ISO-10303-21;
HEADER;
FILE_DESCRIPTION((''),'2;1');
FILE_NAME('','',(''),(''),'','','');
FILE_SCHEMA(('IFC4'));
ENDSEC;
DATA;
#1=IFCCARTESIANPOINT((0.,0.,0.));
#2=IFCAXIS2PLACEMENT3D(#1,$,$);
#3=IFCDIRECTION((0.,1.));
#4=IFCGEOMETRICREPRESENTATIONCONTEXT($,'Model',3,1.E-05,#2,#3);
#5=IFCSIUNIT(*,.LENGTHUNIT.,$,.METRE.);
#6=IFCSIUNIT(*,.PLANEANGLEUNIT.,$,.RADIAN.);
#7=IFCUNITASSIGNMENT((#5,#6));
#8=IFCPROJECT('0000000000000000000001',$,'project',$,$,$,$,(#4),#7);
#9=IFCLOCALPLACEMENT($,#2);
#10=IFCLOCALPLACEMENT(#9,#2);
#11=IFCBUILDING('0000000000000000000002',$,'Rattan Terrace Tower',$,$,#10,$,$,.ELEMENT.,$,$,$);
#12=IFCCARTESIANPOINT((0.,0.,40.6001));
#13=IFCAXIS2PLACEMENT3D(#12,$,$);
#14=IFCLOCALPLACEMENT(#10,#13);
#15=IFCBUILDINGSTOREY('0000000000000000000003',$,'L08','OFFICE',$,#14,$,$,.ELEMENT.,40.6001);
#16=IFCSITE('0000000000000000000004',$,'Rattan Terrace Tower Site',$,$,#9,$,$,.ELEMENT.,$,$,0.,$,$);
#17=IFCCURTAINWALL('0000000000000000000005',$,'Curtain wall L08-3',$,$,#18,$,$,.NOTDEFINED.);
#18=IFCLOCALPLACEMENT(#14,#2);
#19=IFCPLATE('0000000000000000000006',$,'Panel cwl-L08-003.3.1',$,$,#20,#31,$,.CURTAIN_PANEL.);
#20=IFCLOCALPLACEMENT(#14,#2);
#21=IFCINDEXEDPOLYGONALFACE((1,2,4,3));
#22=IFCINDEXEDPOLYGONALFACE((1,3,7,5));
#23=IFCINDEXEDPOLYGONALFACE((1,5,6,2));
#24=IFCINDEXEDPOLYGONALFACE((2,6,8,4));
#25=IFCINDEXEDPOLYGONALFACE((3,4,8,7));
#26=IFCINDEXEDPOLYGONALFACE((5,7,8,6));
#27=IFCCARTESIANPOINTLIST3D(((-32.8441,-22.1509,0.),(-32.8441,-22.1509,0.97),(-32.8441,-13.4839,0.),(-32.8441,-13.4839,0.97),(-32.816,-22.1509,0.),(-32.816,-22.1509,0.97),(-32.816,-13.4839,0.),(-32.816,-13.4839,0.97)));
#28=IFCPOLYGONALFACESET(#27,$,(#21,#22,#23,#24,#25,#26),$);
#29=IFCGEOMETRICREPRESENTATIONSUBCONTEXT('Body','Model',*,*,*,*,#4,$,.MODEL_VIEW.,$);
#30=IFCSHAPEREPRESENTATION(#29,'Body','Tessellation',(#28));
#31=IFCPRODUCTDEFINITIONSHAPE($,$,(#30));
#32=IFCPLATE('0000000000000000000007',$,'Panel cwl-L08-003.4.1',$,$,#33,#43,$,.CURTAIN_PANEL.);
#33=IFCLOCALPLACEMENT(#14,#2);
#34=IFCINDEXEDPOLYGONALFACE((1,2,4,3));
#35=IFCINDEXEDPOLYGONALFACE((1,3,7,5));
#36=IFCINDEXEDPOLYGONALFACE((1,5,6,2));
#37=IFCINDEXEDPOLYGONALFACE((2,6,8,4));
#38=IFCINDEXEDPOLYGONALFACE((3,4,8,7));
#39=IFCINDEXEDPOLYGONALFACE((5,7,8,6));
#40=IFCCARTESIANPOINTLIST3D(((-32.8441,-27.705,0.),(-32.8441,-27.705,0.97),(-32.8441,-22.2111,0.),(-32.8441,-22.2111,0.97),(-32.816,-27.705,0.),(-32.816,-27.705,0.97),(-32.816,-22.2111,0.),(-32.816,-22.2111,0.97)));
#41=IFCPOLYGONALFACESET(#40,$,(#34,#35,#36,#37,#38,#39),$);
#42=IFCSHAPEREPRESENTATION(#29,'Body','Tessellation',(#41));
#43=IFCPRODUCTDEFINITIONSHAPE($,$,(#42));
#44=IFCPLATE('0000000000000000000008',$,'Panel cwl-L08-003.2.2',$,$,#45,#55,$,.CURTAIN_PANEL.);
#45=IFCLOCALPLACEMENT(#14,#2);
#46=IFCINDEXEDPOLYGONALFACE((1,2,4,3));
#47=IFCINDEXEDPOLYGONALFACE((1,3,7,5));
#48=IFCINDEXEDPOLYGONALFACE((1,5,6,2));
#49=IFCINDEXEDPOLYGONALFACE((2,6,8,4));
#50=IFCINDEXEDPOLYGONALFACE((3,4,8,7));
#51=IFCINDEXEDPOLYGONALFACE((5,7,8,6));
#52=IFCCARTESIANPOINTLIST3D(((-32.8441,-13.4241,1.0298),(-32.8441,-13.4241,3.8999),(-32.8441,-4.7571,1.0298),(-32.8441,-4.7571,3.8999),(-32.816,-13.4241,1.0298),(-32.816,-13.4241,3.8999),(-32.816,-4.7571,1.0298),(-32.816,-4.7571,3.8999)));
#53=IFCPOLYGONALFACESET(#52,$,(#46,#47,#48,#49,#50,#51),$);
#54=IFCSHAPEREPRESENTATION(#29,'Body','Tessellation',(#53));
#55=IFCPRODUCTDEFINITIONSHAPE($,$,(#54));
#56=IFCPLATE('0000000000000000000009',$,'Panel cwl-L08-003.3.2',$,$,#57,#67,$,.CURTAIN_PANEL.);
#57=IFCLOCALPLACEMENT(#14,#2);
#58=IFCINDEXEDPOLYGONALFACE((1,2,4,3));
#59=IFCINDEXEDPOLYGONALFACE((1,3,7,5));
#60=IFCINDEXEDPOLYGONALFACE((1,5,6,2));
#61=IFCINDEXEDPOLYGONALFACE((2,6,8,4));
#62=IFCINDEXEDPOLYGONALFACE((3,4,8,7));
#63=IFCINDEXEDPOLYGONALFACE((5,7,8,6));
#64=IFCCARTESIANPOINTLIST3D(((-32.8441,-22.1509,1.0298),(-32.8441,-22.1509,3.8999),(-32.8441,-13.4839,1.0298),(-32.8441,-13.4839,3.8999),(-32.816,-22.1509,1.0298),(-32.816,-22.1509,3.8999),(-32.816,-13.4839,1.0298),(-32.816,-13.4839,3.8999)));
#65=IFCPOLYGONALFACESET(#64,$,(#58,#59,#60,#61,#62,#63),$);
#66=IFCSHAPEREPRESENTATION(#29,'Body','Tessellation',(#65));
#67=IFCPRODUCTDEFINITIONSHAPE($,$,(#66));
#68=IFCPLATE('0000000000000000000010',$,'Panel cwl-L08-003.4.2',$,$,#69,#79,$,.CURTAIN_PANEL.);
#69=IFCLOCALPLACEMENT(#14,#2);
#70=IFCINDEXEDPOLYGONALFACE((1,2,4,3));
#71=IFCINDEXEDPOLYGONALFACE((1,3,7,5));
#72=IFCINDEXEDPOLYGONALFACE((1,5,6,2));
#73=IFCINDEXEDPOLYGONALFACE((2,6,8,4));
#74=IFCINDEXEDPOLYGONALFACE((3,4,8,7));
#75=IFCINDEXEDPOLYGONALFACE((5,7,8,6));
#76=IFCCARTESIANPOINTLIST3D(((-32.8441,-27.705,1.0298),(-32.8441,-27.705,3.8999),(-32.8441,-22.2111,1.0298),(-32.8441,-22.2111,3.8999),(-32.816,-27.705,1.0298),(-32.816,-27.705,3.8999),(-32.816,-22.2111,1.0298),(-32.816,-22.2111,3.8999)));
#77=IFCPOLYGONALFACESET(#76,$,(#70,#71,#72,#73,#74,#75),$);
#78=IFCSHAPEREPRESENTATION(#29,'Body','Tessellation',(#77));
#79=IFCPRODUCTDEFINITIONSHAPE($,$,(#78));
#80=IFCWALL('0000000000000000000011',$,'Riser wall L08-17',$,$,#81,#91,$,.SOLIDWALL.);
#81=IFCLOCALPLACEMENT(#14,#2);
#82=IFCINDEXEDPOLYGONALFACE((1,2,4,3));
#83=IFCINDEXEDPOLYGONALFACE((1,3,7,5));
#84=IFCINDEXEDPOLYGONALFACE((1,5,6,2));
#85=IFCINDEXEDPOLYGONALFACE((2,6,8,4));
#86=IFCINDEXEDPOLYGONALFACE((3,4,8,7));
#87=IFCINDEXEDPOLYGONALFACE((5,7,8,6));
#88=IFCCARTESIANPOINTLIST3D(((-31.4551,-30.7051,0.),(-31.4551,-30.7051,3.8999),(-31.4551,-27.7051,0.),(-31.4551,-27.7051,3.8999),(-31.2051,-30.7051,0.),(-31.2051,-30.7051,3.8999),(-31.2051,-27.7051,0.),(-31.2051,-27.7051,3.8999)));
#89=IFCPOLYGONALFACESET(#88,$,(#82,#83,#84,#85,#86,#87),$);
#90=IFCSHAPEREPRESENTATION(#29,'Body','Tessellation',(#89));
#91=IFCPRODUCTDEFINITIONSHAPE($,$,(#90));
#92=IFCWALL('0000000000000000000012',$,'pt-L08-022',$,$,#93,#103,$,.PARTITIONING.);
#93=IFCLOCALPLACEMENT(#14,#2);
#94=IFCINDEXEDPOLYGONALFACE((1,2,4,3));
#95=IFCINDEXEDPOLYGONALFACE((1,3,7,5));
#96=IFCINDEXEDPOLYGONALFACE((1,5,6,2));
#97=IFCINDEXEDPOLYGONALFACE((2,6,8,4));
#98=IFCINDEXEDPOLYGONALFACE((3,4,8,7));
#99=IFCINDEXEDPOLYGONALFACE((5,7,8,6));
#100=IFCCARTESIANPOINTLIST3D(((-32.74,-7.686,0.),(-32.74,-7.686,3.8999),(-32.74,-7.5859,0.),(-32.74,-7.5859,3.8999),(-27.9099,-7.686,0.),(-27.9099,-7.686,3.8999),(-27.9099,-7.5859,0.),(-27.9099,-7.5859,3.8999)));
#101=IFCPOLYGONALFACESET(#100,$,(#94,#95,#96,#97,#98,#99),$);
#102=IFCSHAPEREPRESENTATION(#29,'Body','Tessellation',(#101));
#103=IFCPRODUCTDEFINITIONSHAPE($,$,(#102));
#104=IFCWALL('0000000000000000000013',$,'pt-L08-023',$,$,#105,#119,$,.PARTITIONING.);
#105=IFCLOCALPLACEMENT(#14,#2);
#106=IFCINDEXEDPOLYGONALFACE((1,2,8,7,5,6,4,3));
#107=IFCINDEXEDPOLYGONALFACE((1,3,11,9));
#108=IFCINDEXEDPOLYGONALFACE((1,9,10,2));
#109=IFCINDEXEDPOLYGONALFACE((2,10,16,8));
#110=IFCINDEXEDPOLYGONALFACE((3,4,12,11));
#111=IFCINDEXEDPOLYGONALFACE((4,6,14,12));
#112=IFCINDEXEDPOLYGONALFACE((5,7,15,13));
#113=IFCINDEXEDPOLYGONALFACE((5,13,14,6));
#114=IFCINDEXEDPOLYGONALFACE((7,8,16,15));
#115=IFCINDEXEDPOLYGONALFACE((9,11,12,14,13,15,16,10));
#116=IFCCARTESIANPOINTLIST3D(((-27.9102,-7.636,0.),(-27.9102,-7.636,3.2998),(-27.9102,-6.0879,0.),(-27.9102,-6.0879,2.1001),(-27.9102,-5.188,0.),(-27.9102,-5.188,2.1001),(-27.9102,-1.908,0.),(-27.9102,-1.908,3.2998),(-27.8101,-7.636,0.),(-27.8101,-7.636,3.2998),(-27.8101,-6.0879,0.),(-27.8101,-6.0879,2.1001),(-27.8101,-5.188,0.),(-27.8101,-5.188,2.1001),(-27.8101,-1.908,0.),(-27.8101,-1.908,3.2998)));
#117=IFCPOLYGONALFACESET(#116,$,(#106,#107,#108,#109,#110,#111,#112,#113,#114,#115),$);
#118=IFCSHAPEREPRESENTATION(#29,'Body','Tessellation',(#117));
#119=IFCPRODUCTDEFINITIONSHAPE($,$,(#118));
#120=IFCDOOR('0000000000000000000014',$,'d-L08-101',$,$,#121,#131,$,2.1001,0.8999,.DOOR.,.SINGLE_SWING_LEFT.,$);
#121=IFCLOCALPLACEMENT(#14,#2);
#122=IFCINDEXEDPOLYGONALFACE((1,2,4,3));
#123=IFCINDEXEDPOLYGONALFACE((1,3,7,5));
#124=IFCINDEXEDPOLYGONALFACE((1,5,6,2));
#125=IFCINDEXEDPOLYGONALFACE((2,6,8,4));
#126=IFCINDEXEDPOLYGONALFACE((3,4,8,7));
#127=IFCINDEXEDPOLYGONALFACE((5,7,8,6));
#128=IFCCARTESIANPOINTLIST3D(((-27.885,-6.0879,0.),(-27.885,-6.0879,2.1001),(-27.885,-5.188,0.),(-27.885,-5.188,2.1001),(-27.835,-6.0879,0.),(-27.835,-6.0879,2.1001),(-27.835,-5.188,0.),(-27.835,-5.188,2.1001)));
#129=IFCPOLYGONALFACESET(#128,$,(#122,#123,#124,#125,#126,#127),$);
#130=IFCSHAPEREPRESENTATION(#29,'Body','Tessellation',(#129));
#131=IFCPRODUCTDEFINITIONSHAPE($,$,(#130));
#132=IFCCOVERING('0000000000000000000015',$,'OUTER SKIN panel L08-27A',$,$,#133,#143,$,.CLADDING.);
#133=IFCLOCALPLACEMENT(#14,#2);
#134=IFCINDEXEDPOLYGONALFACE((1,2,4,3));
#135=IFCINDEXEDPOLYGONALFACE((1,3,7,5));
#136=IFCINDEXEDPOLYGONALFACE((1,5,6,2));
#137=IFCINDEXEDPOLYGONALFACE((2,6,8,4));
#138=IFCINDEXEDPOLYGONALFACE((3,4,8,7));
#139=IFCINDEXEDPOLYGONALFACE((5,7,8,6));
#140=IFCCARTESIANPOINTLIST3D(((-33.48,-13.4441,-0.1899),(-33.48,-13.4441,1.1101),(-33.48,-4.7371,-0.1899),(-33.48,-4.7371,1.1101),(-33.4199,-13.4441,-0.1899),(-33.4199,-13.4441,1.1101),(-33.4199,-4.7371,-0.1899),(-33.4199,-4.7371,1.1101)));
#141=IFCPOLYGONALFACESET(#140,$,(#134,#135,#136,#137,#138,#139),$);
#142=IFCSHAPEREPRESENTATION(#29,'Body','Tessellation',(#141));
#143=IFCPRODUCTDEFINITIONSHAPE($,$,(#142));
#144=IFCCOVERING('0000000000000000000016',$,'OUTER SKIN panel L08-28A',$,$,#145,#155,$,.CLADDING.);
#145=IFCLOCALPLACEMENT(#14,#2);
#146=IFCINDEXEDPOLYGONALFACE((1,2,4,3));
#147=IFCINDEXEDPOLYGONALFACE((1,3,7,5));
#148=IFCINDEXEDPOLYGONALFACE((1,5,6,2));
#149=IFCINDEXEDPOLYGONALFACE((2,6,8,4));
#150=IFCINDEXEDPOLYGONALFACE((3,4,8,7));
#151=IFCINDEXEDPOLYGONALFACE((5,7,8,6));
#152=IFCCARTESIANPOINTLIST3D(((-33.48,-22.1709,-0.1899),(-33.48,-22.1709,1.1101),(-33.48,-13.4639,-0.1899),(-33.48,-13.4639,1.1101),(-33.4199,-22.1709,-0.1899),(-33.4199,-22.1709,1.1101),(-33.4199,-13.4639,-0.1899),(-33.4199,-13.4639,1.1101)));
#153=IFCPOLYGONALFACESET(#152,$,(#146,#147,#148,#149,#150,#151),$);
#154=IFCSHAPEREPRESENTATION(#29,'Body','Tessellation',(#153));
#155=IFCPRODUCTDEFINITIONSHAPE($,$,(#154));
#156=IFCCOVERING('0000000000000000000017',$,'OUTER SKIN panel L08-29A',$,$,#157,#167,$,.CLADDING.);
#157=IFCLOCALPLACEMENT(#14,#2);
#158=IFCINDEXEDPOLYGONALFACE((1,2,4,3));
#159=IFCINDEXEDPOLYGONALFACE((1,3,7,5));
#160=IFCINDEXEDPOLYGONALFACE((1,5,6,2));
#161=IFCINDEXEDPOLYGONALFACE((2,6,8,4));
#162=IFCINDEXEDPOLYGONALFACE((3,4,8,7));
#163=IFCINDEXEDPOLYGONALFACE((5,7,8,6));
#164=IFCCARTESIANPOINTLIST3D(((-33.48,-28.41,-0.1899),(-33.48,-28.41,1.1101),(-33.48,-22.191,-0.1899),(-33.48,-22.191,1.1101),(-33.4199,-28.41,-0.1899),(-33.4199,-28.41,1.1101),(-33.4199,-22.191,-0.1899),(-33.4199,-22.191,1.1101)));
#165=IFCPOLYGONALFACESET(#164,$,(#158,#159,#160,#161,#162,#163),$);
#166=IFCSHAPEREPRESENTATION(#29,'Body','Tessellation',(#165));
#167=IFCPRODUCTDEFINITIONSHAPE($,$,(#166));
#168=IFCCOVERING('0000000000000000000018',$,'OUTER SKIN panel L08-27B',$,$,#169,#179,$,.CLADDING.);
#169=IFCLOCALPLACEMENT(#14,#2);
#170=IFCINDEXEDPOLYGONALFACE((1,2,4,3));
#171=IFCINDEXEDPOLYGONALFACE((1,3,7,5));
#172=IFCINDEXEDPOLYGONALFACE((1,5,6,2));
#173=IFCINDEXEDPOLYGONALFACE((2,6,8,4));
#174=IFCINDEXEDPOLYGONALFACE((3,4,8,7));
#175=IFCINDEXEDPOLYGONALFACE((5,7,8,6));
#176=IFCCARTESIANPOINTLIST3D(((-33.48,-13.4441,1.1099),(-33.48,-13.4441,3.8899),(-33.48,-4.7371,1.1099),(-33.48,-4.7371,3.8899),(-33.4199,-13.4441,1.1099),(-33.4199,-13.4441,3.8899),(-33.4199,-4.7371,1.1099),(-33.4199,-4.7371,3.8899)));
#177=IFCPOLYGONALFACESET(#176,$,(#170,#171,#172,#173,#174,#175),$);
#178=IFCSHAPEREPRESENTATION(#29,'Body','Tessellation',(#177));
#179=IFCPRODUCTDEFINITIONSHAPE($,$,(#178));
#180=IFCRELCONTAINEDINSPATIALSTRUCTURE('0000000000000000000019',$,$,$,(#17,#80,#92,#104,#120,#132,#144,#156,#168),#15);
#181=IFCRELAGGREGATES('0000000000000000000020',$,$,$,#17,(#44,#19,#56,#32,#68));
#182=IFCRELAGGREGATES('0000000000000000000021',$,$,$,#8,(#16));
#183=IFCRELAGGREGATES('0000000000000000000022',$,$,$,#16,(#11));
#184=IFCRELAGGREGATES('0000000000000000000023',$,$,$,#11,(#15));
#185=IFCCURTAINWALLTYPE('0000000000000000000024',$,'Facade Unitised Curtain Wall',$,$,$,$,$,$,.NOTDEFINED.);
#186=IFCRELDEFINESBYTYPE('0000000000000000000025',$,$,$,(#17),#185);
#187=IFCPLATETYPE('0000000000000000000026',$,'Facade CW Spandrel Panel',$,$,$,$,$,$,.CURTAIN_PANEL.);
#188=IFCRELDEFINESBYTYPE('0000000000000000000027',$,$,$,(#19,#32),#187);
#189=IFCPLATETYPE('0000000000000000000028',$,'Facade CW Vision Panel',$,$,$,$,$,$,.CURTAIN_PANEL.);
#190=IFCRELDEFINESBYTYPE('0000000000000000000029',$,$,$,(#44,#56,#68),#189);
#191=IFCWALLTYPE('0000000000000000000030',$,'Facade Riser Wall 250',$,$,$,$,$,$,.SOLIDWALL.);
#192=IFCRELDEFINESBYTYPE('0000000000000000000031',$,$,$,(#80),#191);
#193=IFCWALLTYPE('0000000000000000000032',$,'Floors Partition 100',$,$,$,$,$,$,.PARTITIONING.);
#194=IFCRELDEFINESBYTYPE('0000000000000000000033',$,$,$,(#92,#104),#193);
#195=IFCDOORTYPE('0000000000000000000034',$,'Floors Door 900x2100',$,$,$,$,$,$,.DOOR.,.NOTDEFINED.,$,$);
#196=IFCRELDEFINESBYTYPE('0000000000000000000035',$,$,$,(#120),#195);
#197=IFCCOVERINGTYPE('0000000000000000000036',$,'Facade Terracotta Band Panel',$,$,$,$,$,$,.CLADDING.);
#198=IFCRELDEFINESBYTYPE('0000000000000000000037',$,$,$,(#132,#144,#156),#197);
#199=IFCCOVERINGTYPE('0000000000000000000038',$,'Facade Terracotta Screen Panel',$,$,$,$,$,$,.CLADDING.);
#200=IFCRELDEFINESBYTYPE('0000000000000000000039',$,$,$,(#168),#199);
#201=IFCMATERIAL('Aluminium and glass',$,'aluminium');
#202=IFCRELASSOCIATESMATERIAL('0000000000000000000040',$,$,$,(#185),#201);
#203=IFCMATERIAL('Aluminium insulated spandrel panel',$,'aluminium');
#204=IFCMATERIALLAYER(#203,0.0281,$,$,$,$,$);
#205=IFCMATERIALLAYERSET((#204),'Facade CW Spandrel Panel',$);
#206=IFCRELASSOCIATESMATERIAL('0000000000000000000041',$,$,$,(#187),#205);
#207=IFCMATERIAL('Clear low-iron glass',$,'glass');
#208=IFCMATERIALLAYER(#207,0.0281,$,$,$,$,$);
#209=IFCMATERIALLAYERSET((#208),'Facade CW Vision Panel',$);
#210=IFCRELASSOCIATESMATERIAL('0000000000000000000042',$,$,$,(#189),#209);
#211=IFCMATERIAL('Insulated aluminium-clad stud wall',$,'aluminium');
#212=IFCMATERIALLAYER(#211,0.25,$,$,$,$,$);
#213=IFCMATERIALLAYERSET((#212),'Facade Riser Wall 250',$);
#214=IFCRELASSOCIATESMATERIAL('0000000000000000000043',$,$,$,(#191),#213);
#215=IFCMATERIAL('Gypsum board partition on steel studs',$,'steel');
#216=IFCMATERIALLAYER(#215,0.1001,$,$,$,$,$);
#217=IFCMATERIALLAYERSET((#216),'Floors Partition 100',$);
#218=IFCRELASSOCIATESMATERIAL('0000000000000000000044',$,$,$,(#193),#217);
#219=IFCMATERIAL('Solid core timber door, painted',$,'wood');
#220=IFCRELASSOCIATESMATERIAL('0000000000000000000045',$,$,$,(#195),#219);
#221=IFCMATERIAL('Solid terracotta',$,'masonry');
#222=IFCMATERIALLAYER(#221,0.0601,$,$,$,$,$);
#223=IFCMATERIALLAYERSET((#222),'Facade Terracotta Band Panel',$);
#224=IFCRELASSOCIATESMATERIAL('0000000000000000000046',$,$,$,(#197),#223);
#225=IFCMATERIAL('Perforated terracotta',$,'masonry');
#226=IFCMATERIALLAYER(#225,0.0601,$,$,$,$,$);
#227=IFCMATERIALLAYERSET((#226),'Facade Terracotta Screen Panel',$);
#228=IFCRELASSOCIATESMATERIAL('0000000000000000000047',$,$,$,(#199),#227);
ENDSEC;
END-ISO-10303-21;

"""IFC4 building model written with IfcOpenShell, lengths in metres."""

from ifc_helpers import new_model, si_unit, direction, frame, frame_2d, origin, origin_2d, place, context, subcontext, project, spatial, rectangle, extrude, material, layer, layer_set, type_object, element, fill, aggregate, save


model = new_model("IFC4")

# Units and contexts
model_context = context("Model", 3, precision=1e-05, world=origin(), true_north=direction((0.0, 1.0)))
body_context = subcontext(model_context, "Body", "Model", "MODEL_VIEW")
ifc_project = project(units=[si_unit("LENGTHUNIT", "METRE"), si_unit("PLANEANGLEUNIT", "RADIAN")], contexts=[model_context])

# Site, building, storey
site_placement = place(None, origin())
site = spatial("IfcSite", under=ifc_project, at=site_placement, Name="Rattan Terrace Tower Site", CompositionType="ELEMENT", RefElevation=0.0)
building_placement = place(site_placement, origin())
building = spatial("IfcBuilding", under=site, at=building_placement, Name="Rattan Terrace Tower", CompositionType="ELEMENT")
storey_placement = place(building_placement, frame((0.0, 0.0, 40.6001)))
storey = spatial("IfcBuildingStorey", under=building, at=storey_placement, Name="L08", Description="OFFICE", CompositionType="ELEMENT", Elevation=40.6001)

# Curtain wall
ifc_material_1 = material(Name="Aluminium and glass", Category="aluminium")
curtain_wall_type = type_object("IfcCurtainWallType", Name="Facade Unitised Curtain Wall", PredefinedType="NOTDEFINED", material=ifc_material_1)
curtain_wall_placement = place(storey_placement, origin())
curtain_wall = element("IfcCurtainWall", 1, at=curtain_wall_placement, inside=storey, type_object=curtain_wall_type, Name="Curtain wall L08-3", PredefinedType="NOTDEFINED")

# Plates
ifc_material_2 = material(Name="Aluminium insulated spandrel panel", Category="aluminium")
ifc_layer_1 = layer(ifc_material_2, 0.0281)
ifc_layer_set_1 = layer_set([ifc_layer_1], Name="Facade CW Spandrel Panel")
plate_type_1 = type_object("IfcPlateType", Name="Facade CW Spandrel Panel", PredefinedType="CURTAIN_PANEL", material=ifc_layer_set_1)
plate_1_placement = place(storey_placement, frame((-32.8301, -17.8174, 0.0), z_axis=(0.0, 0.0, 1.0), x_axis=(0.0, -1.0, 0.0)))
plate_1 = element("IfcPlate", 2, at=plate_1_placement, type_object=plate_type_1, Name="Panel cwl-L08-003.3.1", PredefinedType="CURTAIN_PANEL", context=body_context, shape_type="SweptSolid", body=[
    extrude(rectangle(XDim=8.667, YDim=0.0281, at=origin_2d()), origin(), (0.0, 0.0, 1.0), 0.97),
])
plate_2_placement = place(storey_placement, frame((-32.8301, -24.958, 0.0), z_axis=(0.0, 0.0, 1.0), x_axis=(0.0, -1.0, 0.0)))
plate_2 = element("IfcPlate", 3, at=plate_2_placement, type_object=plate_type_1, Name="Panel cwl-L08-003.4.1", PredefinedType="CURTAIN_PANEL", context=body_context, shape_type="SweptSolid", body=[
    extrude(rectangle(XDim=5.4939, YDim=0.0281, at=origin_2d()), origin(), (0.0, 0.0, 1.0), 0.97),
])
ifc_material_3 = material(Name="Clear low-iron glass", Category="glass")
ifc_layer_2 = layer(ifc_material_3, 0.0281)
ifc_layer_set_2 = layer_set([ifc_layer_2], Name="Facade CW Vision Panel")
plate_type_2 = type_object("IfcPlateType", Name="Facade CW Vision Panel", PredefinedType="CURTAIN_PANEL", material=ifc_layer_set_2)
plate_3_placement = place(storey_placement, frame((-32.8301, -9.0906, 1.0298), z_axis=(0.0, 0.0, 1.0), x_axis=(0.0, -1.0, 0.0)))
plate_3 = element("IfcPlate", 4, at=plate_3_placement, type_object=plate_type_2, Name="Panel cwl-L08-003.2.2", PredefinedType="CURTAIN_PANEL", context=body_context, shape_type="SweptSolid", body=[
    extrude(rectangle(XDim=8.667, YDim=0.0281, at=origin_2d()), origin(), (0.0, 0.0, 1.0), 2.8701),
])
plate_4_placement = place(storey_placement, frame((-32.8301, -17.8174, 1.0298), z_axis=(0.0, 0.0, 1.0), x_axis=(0.0, -1.0, 0.0)))
plate_4 = element("IfcPlate", 5, at=plate_4_placement, type_object=plate_type_2, Name="Panel cwl-L08-003.3.2", PredefinedType="CURTAIN_PANEL", context=body_context, shape_type="SweptSolid", body=[
    extrude(rectangle(XDim=8.667, YDim=0.0281, at=origin_2d()), origin(), (0.0, 0.0, 1.0), 2.8701),
])
plate_5_placement = place(storey_placement, frame((-32.8301, -24.958, 1.0298), z_axis=(0.0, 0.0, 1.0), x_axis=(0.0, -1.0, 0.0)))
plate_5 = element("IfcPlate", 6, at=plate_5_placement, type_object=plate_type_2, Name="Panel cwl-L08-003.4.2", PredefinedType="CURTAIN_PANEL", context=body_context, shape_type="SweptSolid", body=[
    extrude(rectangle(XDim=5.4939, YDim=0.0281, at=origin_2d()), origin(), (0.0, 0.0, 1.0), 2.8701),
])
aggregate(curtain_wall, [plate_3, plate_1, plate_4, plate_2, plate_5])

# Walls
ifc_material_4 = material(Name="Insulated aluminium-clad stud wall", Category="aluminium")
ifc_layer_3 = layer(ifc_material_4, 0.25)
ifc_layer_set_3 = layer_set([ifc_layer_3], Name="Facade Riser Wall 250")
wall_type_1 = type_object("IfcWallType", Name="Facade Riser Wall 250", PredefinedType="SOLIDWALL", material=ifc_layer_set_3)
wall_1_placement = place(storey_placement, frame((-31.3301, -27.7051, 0.0), z_axis=(0.0, 0.0, 1.0), x_axis=(0.0, -1.0, 0.0)))
element("IfcWall", 7, at=wall_1_placement, inside=storey, type_object=wall_type_1, Name="Riser wall L08-17", PredefinedType="SOLIDWALL", context=body_context, shape_type="SweptSolid", body=[
    extrude(rectangle(XDim=3.0, YDim=0.25, at=frame_2d((1.5, 0.0))), origin(), (0.0, 0.0, 1.0), 3.8999),
])
ifc_material_5 = material(Name="Gypsum board partition on steel studs", Category="steel")
ifc_layer_4 = layer(ifc_material_5, 0.1001)
ifc_layer_set_4 = layer_set([ifc_layer_4], Name="Floors Partition 100")
wall_type_2 = type_object("IfcWallType", Name="Floors Partition 100", PredefinedType="PARTITIONING", material=ifc_layer_set_4)
wall_2_placement = place(storey_placement, frame((-32.74, -7.636, 0.0), z_axis=(0.0, 0.0, 1.0), x_axis=(1.0, 0.0, 0.0)))
element("IfcWall", 8, at=wall_2_placement, inside=storey, type_object=wall_type_2, Name="pt-L08-022", PredefinedType="PARTITIONING", context=body_context, shape_type="SweptSolid", body=[
    extrude(rectangle(XDim=4.8301, YDim=0.1001, at=frame_2d((2.415, 0.0))), origin(), (0.0, 0.0, 1.0), 3.8999),
])

# Wall, opening, door
wall_3_placement = place(storey_placement, frame((-27.8601, -7.636, 0.0), z_axis=(0.0, 0.0, 1.0), x_axis=(0.0, 1.0, 0.0)))
wall_3 = element("IfcWall", 9, at=wall_3_placement, inside=storey, type_object=wall_type_2, Name="pt-L08-023", PredefinedType="PARTITIONING", context=body_context, shape_type="SweptSolid", body=[
    extrude(rectangle(XDim=5.728, YDim=0.1001, at=frame_2d((2.864, 0.0))), origin(), (0.0, 0.0, 1.0), 3.2998),
])
opening_placement = place(wall_3_placement, frame((1.5481, 0.0, 0.0)))
opening = element("IfcOpeningElement", 10, at=opening_placement, cuts=wall_3, PredefinedType="OPENING", context=body_context, shape_type="SweptSolid", body=[
    extrude(rectangle(XDim=0.8999, YDim=2.1001, at=frame_2d((0.45, 1.05))), frame((0.0, 0.0605, 0.0), z_axis=(0.0, -1.0, 0.0), x_axis=(1.0, 0.0, 0.0)), (0.0, 0.0, 1.0), 0.1211),
])
ifc_material_6 = material(Name="Solid core timber door, painted", Category="wood")
door_type = type_object("IfcDoorType", Name="Floors Door 900x2100", OperationType="NOTDEFINED", PredefinedType="DOOR", material=ifc_material_6)
door_placement = place(opening_placement, origin())
door = element("IfcDoor", 11, at=door_placement, inside=storey, type_object=door_type, Name="d-L08-101", OperationType="SINGLE_SWING_LEFT", OverallHeight=2.1001, OverallWidth=0.8999, PredefinedType="DOOR", context=body_context, shape_type="SweptSolid", body=[
    extrude(rectangle(XDim=0.8999, YDim=2.1001, at=frame_2d((0.45, 1.05))), frame((0.0, 0.0249, 0.0), z_axis=(0.0, -1.0, 0.0), x_axis=(1.0, 0.0, 0.0)), (0.0, 0.0, 1.0), 0.05),
])
fill(opening, door)

# Coverings
ifc_material_7 = material(Name="Solid terracotta", Category="masonry")
ifc_layer_5 = layer(ifc_material_7, 0.0601)
ifc_layer_set_5 = layer_set([ifc_layer_5], Name="Facade Terracotta Band Panel")
covering_type_1 = type_object("IfcCoveringType", Name="Facade Terracotta Band Panel", PredefinedType="CLADDING", material=ifc_layer_set_5)
for number, where, z_axis, x_axis, name in (
    (12, (-33.45, -9.0906, -0.1899), (0.0, 0.0, 1.0), (0.0, -1.0, 0.0), "OUTER SKIN panel L08-27A"),
    (13, (-33.45, -17.8174, -0.1899), (0.0, 0.0, 1.0), (0.0, -1.0, 0.0), "OUTER SKIN panel L08-28A"),
):
    element("IfcCovering", number, at=place(storey_placement, frame(where, z_axis=z_axis, x_axis=x_axis)), inside=storey, type_object=covering_type_1, Name=name, PredefinedType="CLADDING", context=body_context, shape_type="SweptSolid", body=[
        extrude(rectangle(XDim=8.707, YDim=0.0601, at=origin_2d()), origin(), (0.0, 0.0, 1.0), 1.3),
    ])
covering_1_placement = place(storey_placement, frame((-33.45, -25.3005, -0.1899), z_axis=(0.0, 0.0, 1.0), x_axis=(0.0, -1.0, 0.0)))
element("IfcCovering", 14, at=covering_1_placement, inside=storey, type_object=covering_type_1, Name="OUTER SKIN panel L08-29A", PredefinedType="CLADDING", context=body_context, shape_type="SweptSolid", body=[
    extrude(rectangle(XDim=6.219, YDim=0.0601, at=origin_2d()), origin(), (0.0, 0.0, 1.0), 1.3),
])
ifc_material_8 = material(Name="Perforated terracotta", Category="masonry")
ifc_layer_6 = layer(ifc_material_8, 0.0601)
ifc_layer_set_6 = layer_set([ifc_layer_6], Name="Facade Terracotta Screen Panel")
covering_type_2 = type_object("IfcCoveringType", Name="Facade Terracotta Screen Panel", PredefinedType="CLADDING", material=ifc_layer_set_6)
for number, where, z_axis, x_axis, name in (
    (15, (-33.45, -9.0906, 1.1099), (0.0, 0.0, 1.0), (0.0, -1.0, 0.0), "OUTER SKIN panel L08-27B"),
):
    element("IfcCovering", number, at=place(storey_placement, frame(where, z_axis=z_axis, x_axis=x_axis)), inside=storey, type_object=covering_type_2, Name=name, PredefinedType="CLADDING", context=body_context, shape_type="SweptSolid", body=[
        extrude(rectangle(XDim=8.707, YDim=0.0601, at=origin_2d()), origin(), (0.0, 0.0, 1.0), 2.78),
    ])

save(model, "model.ifc")
